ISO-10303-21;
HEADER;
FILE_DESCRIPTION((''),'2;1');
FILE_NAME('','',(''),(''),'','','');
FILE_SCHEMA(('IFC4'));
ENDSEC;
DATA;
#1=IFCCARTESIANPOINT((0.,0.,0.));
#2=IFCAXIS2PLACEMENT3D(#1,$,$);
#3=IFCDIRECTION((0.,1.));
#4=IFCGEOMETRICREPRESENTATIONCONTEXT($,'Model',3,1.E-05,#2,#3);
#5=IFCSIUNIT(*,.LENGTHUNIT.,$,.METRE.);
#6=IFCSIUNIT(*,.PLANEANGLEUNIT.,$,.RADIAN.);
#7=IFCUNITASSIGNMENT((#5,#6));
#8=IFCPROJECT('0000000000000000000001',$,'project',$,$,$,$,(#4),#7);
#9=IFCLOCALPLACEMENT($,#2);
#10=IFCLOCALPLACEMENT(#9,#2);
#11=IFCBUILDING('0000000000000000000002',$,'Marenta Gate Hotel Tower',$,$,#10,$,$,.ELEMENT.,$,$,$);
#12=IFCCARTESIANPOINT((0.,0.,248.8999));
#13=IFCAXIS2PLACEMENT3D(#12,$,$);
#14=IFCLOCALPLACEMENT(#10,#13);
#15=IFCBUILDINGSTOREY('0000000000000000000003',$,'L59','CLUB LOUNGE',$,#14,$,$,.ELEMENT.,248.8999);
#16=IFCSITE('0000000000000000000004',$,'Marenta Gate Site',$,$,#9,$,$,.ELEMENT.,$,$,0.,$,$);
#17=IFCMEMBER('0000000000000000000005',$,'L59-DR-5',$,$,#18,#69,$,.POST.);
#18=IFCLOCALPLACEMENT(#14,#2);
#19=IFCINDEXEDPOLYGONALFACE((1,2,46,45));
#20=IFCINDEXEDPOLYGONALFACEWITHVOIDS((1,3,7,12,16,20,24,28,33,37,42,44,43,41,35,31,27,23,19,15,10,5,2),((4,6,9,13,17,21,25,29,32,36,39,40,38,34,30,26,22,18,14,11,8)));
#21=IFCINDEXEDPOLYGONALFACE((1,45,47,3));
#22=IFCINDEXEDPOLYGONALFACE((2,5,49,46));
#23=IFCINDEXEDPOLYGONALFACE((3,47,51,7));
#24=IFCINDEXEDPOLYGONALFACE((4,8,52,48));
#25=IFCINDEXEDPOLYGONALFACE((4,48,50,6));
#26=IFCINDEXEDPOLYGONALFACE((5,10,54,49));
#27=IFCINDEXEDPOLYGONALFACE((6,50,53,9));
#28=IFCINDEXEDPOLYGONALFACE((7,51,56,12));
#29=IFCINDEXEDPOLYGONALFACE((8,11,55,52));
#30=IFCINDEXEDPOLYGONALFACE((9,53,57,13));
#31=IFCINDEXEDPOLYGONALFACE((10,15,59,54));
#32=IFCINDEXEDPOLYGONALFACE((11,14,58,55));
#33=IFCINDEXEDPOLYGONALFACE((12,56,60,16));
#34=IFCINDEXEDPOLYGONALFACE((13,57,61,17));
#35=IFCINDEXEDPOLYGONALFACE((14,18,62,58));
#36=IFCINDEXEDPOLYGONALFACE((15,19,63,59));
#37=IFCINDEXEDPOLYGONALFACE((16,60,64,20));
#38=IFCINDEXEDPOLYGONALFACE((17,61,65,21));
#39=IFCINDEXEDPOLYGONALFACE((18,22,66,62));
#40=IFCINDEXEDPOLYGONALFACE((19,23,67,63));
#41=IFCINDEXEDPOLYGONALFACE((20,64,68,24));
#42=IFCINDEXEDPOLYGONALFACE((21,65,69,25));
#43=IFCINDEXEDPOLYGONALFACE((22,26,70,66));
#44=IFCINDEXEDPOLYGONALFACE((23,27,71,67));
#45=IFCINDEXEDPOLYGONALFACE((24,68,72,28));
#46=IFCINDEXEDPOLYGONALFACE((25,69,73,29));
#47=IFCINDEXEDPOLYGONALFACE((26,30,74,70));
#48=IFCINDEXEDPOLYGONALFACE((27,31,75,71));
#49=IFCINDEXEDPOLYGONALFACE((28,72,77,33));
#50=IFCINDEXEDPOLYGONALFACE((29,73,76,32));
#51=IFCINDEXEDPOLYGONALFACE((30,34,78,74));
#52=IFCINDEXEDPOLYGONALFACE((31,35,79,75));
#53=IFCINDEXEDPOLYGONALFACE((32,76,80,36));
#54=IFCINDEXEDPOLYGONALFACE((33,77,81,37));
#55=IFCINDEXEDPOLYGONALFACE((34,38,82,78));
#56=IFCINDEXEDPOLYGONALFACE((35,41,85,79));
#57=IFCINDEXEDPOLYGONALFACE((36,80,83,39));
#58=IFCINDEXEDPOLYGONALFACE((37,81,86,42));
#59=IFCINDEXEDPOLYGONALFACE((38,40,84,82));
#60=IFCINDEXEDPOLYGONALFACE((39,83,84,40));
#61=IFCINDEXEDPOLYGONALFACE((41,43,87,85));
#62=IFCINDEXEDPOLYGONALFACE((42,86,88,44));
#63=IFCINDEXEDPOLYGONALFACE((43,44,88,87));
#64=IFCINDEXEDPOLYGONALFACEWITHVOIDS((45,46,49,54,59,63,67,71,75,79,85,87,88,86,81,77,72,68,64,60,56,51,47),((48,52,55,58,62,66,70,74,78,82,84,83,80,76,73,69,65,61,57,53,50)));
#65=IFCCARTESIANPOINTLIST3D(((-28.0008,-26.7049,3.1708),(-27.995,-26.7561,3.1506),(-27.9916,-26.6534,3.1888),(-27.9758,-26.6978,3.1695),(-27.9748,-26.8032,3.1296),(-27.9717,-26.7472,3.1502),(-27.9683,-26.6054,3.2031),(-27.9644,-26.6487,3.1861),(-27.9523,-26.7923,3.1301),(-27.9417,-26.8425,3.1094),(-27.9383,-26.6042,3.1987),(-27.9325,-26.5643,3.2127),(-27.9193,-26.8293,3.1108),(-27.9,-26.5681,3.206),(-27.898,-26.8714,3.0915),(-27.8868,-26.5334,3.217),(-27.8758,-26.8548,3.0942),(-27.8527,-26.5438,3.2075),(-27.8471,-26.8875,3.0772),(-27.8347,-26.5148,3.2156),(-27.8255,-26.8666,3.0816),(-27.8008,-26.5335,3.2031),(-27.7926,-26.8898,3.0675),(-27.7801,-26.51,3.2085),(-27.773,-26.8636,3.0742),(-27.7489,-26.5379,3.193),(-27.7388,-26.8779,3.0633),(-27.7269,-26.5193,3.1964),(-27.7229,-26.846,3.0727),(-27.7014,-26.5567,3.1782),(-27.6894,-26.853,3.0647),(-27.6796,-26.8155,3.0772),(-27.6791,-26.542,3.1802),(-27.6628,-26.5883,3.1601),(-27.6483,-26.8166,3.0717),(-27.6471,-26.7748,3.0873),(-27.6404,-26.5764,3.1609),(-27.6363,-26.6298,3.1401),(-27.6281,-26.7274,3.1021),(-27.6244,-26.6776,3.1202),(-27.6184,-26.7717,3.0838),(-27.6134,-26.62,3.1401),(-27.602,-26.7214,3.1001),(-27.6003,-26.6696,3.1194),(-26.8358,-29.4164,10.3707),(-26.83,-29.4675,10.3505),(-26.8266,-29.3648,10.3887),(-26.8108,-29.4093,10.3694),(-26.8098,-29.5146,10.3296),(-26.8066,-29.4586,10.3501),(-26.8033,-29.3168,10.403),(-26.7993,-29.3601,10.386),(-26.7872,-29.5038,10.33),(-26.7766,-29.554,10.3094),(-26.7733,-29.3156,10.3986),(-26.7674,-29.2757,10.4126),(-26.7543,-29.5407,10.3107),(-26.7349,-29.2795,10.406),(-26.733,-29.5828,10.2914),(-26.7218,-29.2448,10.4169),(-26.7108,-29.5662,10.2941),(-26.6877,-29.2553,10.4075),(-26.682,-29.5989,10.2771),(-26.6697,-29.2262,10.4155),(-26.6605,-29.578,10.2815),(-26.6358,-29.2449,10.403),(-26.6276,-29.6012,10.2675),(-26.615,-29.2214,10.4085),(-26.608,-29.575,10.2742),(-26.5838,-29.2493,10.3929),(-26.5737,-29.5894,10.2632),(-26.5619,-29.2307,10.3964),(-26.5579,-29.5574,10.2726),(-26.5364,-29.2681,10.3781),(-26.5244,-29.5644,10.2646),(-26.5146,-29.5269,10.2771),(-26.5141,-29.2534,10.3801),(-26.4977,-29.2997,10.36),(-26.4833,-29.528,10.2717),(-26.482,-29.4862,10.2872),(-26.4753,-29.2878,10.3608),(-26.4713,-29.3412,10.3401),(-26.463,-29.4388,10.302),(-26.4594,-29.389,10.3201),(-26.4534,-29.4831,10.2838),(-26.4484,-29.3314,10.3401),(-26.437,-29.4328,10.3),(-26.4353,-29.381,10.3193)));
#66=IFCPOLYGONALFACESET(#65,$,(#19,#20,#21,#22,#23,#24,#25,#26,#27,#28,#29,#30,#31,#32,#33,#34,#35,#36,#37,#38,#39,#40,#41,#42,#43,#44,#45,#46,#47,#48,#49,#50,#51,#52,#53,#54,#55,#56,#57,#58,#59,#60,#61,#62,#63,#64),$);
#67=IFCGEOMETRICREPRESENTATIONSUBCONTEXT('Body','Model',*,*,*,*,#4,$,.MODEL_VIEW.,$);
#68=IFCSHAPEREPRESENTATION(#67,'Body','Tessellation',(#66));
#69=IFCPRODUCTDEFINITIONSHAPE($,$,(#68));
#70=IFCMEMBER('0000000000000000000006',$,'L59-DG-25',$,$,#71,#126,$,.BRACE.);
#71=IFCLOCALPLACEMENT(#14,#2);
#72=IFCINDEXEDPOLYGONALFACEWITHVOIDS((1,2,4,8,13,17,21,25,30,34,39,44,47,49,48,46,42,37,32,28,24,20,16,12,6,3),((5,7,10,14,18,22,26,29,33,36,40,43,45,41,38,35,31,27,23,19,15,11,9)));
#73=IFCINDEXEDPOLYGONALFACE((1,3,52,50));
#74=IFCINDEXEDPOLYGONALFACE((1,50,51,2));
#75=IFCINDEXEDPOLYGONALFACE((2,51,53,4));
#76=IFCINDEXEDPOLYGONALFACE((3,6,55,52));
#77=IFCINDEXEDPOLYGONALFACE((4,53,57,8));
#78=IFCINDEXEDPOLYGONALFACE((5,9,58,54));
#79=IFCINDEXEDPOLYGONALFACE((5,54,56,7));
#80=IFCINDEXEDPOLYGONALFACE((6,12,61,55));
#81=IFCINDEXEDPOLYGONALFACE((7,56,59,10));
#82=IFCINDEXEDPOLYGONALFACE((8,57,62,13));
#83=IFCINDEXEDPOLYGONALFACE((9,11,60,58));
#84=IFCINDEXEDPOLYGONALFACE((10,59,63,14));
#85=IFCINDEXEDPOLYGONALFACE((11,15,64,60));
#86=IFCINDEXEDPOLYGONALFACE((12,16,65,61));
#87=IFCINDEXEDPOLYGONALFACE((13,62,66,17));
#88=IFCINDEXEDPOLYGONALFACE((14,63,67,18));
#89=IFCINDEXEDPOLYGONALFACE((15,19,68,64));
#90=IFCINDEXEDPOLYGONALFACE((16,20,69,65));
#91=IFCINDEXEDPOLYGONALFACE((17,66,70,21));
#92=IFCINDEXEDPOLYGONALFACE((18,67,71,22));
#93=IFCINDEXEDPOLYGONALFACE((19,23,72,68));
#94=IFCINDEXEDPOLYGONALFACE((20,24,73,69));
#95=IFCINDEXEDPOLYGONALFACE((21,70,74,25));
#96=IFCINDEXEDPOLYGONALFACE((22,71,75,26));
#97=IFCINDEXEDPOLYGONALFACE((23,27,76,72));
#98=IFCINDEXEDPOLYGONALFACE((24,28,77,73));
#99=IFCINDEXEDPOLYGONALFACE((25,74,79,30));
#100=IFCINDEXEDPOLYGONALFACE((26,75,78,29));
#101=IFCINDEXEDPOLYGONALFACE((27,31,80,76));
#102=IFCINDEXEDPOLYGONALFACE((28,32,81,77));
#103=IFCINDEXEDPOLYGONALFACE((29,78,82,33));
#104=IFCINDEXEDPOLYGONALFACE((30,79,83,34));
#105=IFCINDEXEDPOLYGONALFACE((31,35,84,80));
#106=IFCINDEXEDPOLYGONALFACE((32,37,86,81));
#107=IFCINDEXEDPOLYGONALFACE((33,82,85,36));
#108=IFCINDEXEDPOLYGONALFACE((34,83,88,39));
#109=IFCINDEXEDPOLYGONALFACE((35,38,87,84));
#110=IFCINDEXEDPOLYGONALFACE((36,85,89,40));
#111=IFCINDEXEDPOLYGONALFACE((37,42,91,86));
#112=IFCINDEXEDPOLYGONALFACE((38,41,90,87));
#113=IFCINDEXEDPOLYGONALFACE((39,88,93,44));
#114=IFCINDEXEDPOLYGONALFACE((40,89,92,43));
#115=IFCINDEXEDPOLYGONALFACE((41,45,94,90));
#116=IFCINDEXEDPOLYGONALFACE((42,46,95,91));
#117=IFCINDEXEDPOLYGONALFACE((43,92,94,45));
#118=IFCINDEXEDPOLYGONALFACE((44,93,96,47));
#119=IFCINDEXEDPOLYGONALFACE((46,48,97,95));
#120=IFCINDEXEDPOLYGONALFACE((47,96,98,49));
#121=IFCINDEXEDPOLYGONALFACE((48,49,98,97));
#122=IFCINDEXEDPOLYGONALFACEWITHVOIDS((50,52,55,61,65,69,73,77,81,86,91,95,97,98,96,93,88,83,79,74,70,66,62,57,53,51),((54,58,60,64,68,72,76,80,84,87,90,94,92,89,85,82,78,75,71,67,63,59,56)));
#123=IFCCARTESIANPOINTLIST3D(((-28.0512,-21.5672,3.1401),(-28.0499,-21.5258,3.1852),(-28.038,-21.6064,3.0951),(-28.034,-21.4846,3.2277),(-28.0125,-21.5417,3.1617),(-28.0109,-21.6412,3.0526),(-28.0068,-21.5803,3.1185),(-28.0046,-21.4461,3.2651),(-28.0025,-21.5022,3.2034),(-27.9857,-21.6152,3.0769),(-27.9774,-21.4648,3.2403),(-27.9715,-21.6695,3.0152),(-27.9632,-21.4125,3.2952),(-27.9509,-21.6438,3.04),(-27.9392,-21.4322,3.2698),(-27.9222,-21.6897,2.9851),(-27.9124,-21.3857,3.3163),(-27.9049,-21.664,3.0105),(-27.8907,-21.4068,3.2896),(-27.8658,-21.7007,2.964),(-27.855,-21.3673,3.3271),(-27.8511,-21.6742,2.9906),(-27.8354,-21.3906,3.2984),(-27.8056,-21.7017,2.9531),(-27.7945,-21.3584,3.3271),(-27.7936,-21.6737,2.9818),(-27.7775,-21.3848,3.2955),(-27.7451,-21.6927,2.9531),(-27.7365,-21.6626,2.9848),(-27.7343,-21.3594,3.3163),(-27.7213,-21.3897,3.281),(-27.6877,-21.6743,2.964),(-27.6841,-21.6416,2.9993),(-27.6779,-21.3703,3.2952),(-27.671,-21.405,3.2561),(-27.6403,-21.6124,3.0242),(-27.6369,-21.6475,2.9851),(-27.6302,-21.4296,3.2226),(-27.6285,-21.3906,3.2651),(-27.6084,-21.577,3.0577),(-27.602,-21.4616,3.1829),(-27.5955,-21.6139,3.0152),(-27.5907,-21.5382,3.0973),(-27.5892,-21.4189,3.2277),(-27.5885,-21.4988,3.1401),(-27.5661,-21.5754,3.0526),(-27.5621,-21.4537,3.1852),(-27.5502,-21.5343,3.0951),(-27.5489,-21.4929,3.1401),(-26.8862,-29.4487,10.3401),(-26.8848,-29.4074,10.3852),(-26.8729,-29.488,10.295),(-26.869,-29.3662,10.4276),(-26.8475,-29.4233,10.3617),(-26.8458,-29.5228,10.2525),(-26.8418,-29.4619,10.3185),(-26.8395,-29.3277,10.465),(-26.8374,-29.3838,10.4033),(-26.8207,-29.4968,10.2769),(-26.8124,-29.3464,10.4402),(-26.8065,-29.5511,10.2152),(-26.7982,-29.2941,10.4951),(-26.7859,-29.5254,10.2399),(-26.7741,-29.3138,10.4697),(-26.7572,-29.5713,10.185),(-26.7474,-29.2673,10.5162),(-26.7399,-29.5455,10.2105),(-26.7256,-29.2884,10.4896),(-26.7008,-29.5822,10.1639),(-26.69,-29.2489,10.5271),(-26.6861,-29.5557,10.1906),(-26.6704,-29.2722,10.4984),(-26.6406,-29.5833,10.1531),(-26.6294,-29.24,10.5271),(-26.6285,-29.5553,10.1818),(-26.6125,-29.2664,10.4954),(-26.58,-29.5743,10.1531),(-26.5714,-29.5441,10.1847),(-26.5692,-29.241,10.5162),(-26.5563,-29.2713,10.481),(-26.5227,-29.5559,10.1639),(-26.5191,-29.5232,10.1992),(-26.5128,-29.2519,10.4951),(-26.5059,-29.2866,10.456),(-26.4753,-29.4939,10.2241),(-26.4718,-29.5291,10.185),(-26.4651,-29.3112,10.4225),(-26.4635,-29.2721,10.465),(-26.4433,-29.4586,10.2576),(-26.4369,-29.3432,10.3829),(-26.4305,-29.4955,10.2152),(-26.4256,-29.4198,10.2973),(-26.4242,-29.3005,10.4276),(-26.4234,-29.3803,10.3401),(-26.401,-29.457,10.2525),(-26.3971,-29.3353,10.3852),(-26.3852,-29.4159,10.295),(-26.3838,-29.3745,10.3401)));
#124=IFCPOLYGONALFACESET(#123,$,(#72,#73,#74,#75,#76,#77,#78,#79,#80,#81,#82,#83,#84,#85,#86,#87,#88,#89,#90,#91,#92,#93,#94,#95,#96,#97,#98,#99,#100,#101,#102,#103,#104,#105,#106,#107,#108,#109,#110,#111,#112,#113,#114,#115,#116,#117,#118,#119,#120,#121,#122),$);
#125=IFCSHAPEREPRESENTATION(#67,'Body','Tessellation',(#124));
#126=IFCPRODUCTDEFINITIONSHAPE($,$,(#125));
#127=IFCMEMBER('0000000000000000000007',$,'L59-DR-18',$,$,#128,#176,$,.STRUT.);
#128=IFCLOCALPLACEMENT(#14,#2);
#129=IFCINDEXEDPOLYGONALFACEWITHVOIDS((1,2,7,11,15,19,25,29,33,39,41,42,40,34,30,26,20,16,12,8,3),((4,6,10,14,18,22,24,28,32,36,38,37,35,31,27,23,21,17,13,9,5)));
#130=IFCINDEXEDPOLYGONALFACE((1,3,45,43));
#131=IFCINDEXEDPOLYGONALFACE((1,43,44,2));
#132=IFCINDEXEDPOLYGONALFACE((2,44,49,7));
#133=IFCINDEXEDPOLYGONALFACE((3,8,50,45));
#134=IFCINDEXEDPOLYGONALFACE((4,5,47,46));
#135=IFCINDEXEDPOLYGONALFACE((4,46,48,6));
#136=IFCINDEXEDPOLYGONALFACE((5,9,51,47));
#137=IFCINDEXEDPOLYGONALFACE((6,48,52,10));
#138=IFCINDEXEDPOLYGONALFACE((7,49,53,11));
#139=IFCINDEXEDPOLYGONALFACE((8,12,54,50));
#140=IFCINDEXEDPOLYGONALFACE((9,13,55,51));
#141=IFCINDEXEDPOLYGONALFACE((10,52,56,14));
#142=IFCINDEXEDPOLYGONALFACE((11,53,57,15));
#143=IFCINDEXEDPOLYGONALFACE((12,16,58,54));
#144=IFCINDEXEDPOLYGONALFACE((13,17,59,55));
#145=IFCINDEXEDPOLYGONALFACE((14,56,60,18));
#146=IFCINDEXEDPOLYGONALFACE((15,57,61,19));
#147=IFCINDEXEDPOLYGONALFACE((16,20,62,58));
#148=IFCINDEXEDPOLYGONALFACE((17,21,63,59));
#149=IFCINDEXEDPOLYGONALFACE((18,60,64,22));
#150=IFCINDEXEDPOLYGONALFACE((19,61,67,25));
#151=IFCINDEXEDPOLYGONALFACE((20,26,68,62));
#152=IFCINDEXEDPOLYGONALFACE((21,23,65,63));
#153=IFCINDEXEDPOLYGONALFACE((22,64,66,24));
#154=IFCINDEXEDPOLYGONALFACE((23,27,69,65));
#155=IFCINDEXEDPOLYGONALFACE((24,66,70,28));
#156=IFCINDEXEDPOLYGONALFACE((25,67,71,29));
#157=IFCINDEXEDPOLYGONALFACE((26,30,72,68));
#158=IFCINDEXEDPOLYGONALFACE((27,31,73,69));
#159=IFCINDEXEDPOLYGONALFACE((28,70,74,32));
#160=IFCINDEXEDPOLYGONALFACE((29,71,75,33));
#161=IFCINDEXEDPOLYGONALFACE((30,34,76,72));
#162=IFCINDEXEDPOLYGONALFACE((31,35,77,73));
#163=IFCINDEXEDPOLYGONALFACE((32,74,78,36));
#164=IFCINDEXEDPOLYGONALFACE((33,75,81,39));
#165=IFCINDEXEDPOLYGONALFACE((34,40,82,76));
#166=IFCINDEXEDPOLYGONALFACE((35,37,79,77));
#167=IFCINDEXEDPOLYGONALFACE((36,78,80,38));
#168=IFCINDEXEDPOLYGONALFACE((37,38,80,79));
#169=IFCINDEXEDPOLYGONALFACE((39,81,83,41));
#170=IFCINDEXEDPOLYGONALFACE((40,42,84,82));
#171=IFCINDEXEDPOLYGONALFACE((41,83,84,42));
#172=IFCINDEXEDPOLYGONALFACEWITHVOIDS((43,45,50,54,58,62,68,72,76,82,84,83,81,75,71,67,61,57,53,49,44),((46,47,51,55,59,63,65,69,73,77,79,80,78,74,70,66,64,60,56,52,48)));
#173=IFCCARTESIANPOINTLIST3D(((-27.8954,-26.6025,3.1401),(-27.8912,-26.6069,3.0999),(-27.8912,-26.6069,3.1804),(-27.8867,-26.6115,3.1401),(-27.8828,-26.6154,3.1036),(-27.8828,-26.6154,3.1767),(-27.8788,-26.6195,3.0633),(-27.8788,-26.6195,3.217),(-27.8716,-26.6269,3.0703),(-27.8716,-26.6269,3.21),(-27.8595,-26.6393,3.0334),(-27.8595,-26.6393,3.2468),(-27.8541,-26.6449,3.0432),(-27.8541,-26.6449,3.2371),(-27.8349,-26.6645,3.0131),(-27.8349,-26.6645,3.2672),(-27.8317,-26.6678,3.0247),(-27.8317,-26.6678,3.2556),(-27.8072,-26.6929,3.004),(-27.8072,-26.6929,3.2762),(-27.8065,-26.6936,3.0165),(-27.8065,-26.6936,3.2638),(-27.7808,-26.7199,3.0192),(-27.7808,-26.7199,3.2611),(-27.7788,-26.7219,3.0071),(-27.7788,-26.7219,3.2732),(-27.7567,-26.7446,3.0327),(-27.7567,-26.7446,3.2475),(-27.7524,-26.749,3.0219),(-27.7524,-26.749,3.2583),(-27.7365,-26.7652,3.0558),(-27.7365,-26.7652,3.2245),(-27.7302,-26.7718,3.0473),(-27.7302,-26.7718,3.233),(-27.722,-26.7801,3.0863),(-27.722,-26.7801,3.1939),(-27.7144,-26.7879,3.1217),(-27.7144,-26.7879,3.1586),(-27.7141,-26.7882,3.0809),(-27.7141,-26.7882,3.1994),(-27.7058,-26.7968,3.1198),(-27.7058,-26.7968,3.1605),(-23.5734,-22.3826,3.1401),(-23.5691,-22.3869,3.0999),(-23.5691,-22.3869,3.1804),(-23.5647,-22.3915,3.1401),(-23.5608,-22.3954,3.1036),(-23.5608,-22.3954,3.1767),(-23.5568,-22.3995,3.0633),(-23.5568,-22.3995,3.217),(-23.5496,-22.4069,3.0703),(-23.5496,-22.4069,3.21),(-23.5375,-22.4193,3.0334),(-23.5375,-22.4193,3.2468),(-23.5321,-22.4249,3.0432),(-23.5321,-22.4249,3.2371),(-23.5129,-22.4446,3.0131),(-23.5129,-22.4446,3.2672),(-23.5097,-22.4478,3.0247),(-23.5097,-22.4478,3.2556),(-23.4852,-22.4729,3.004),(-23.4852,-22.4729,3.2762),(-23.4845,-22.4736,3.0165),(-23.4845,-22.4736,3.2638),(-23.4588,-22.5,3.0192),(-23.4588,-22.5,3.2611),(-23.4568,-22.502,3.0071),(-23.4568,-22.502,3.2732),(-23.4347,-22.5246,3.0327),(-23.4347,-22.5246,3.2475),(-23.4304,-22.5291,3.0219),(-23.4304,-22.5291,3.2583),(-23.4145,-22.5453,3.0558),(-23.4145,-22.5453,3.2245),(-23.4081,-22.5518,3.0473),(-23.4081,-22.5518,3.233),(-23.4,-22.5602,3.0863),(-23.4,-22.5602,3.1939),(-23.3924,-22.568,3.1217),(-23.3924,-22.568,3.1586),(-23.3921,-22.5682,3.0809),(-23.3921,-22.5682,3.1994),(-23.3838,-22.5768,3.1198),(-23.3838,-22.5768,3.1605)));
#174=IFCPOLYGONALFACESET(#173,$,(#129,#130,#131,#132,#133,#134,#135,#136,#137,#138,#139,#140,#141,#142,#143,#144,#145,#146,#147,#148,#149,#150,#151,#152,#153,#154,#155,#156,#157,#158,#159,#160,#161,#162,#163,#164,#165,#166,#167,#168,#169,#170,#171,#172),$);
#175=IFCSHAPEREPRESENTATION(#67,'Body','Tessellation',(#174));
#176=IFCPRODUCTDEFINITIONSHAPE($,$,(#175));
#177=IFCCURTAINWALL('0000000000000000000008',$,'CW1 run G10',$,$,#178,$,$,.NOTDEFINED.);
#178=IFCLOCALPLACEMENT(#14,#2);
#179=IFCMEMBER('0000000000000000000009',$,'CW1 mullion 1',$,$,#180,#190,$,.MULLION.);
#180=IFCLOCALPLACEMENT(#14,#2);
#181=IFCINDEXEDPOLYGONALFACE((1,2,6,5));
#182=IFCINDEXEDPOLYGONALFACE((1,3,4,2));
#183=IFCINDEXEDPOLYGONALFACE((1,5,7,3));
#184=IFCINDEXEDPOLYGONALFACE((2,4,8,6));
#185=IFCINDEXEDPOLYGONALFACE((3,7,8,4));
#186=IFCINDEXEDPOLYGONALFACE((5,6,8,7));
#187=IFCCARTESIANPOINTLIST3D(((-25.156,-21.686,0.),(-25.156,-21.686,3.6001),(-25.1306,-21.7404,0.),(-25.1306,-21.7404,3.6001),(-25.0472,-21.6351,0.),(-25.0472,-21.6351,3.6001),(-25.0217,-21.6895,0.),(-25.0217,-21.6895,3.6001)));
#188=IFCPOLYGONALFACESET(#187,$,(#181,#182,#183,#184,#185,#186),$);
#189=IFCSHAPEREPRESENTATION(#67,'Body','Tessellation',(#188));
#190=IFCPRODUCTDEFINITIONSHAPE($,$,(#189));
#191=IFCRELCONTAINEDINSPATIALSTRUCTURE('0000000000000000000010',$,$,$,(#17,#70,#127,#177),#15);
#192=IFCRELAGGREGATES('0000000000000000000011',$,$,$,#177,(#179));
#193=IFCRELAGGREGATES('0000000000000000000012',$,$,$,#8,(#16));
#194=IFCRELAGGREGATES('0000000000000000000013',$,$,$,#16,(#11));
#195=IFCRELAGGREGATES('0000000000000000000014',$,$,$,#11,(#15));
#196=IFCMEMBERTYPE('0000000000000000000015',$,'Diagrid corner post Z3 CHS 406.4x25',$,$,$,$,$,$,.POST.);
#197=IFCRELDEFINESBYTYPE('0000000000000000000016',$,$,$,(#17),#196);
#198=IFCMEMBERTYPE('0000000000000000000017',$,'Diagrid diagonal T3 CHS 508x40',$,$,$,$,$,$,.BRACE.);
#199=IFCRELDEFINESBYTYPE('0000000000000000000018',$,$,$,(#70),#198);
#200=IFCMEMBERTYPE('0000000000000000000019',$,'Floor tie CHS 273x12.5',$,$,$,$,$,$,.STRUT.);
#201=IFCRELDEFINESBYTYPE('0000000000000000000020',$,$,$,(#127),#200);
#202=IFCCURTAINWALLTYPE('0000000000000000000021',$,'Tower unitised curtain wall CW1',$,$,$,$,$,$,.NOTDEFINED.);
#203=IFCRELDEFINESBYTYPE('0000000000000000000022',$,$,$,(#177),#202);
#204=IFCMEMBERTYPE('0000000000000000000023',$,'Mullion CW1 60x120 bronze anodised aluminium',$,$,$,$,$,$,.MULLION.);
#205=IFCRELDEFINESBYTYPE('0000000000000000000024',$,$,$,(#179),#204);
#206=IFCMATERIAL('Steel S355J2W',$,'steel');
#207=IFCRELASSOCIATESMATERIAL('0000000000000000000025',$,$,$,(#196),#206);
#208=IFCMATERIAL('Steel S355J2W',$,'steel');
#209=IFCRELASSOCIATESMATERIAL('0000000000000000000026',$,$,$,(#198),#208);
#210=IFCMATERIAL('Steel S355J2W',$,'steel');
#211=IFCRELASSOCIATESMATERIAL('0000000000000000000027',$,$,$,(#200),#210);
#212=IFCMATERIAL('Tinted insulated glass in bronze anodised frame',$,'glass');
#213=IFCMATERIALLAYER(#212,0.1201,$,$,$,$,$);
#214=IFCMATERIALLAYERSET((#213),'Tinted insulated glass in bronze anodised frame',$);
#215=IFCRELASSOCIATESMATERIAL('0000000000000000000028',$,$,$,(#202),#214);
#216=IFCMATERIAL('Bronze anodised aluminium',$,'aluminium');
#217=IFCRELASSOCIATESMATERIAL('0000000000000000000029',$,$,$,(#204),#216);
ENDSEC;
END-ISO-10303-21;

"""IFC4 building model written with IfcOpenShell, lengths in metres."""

from ifc_helpers import new_model, si_unit, direction, frame, origin, origin_2d, place, context, subcontext, project, spatial, rectangle, hollow_circle, extrude, material, layer, layer_set, material_profile, profile_set, type_object, element, aggregate, save


model = new_model("IFC4")

# Units and contexts
model_context = context("Model", 3, precision=1e-05, world=origin(), true_north=direction((0.0, 1.0)))
body_context = subcontext(model_context, "Body", "Model", "MODEL_VIEW")
ifc_project = project(units=[si_unit("LENGTHUNIT", "METRE"), si_unit("PLANEANGLEUNIT", "RADIAN")], contexts=[model_context])

# Site, building, storey
site_placement = place(None, origin())
site = spatial("IfcSite", under=ifc_project, at=site_placement, Name="Marenta Gate Site", CompositionType="ELEMENT", RefElevation=0.0)
building_placement = place(site_placement, origin())
building = spatial("IfcBuilding", under=site, at=building_placement, Name="Marenta Gate Hotel Tower", CompositionType="ELEMENT")
storey_placement = place(building_placement, frame((0.0, 0.0, 248.8999)))
storey = spatial("IfcBuildingStorey", under=building, at=storey_placement, Name="L59", Description="CLUB LOUNGE", CompositionType="ELEMENT", Elevation=248.8999)

# Members
ifc_material_1 = material(Name="Steel S355J2W", Category="steel")
ifc_material_profile_1 = material_profile(ifc_material_1, hollow_circle(Radius=0.2031, WallThickness=0.0249, at=origin_2d()), Name="CHS 406.4x25")
ifc_profile_set_1 = profile_set([ifc_material_profile_1], Name="Steel S355J2W")
member_type_1 = type_object("IfcMemberType", Name="Diagrid corner post Z3 CHS 406.4x25", PredefinedType="POST", material=ifc_profile_set_1)
member_1_placement = place(storey_placement, frame((-27.8, -26.7002, 3.1401), z_axis=(0.149723, -0.348455, 0.92529), x_axis=(0.918777, 0.394778, 0.0)))
element("IfcMember", 1, at=member_1_placement, inside=storey, type_object=member_type_1, Name="L59-DR-5", PredefinedType="POST", context=body_context, shape_type="SweptSolid", body=[
    extrude(hollow_circle(Radius=0.2031, WallThickness=0.0249, at=origin_2d()), origin(), (0.0, 0.0, 1.0), 7.7812),
])
ifc_material_2 = material(Name="Steel S355J2W", Category="steel")
ifc_material_profile_2 = material_profile(ifc_material_2, hollow_circle(Radius=0.2539, WallThickness=0.04, at=origin_2d()), Name="CHS 508x40")
ifc_profile_set_2 = profile_set([ifc_material_profile_2], Name="Steel S355J2W")
member_type_2 = type_object("IfcMemberType", Name="Diagrid diagonal T3 CHS 508x40", PredefinedType="BRACE", material=ifc_profile_set_2)
member_2_placement = place(storey_placement, frame((-27.8, -21.53, 3.1401), z_axis=(0.108491, -0.733954, 0.670478), x_axis=(0.989251, 0.146229, 0.0)))
element("IfcMember", 2, at=member_2_placement, inside=storey, type_object=member_type_2, Name="L59-DG-25", PredefinedType="BRACE", context=body_context, shape_type="SweptSolid", body=[
    extrude(hollow_circle(Radius=0.2539, WallThickness=0.04, at=origin_2d()), origin(), (0.0, 0.0, 1.0), 10.7385),
])
ifc_material_3 = material(Name="Steel S355J2W", Category="steel")
ifc_material_profile_3 = material_profile(ifc_material_3, hollow_circle(Radius=0.1365, WallThickness=0.0125, at=origin_2d()), Name="CHS 273x12.5")
ifc_profile_set_3 = profile_set([ifc_material_profile_3], Name="Steel S355J2W")
member_type_3 = type_object("IfcMemberType", Name="Floor tie CHS 273x12.5", PredefinedType="STRUT", material=ifc_profile_set_3)
member_3_placement = place(storey_placement, frame((-27.8, -26.7002, 3.1401), z_axis=(0.715503, 0.698609, 0.0), x_axis=(-0.698609, 0.715503, 0.0)))
element("IfcMember", 3, at=member_3_placement, inside=storey, type_object=member_type_3, Name="L59-DR-18", PredefinedType="STRUT", context=body_context, shape_type="SweptSolid", body=[
    extrude(hollow_circle(Radius=0.1365, WallThickness=0.0125, at=origin_2d()), origin(), (0.0, 0.0, 1.0), 6.0405),
])

# Curtain wall, member
ifc_material_4 = material(Name="Tinted insulated glass in bronze anodised frame", Category="glass")
ifc_layer_1 = layer(ifc_material_4, 0.1201)
ifc_layer_set_1 = layer_set([ifc_layer_1], Name="Tinted insulated glass in bronze anodised frame")
curtain_wall_type = type_object("IfcCurtainWallType", Name="Tower unitised curtain wall CW1", PredefinedType="NOTDEFINED", material=ifc_layer_set_1)
curtain_wall_1_placement = place(storey_placement, origin())
curtain_wall_1 = element("IfcCurtainWall", 4, at=curtain_wall_1_placement, inside=storey, type_object=curtain_wall_type, Name="CW1 run G10", PredefinedType="NOTDEFINED")
ifc_material_5 = material(Name="Bronze anodised aluminium", Category="aluminium")
ifc_material_profile_4 = material_profile(ifc_material_5, rectangle(XDim=0.1201, YDim=0.0601, at=origin_2d()), Name="Mullion CW1 60x120 bronze anodised aluminium")
ifc_profile_set_4 = profile_set([ifc_material_profile_4], Name="Bronze anodised aluminium")
member_type_4 = type_object("IfcMemberType", Name="Mullion CW1 60x120 bronze anodised aluminium", PredefinedType="MULLION", material=ifc_profile_set_4)
member_4_placement = place(storey_placement, frame((-25.0889, -21.6877, 0.0), z_axis=(0.0, 0.0, 1.0), x_axis=(0.905965, 0.423352, 0.0)))
member_4 = element("IfcMember", 5, at=member_4_placement, type_object=member_type_4, Name="CW1 mullion 1", PredefinedType="MULLION", context=body_context, shape_type="SweptSolid", body=[
    extrude(rectangle(XDim=0.1201, YDim=0.0601, at=origin_2d()), origin(), (0.0, 0.0, 1.0), 3.6001),
])

aggregate(curtain_wall_1, [member_4])

save(model, "model.ifc")
